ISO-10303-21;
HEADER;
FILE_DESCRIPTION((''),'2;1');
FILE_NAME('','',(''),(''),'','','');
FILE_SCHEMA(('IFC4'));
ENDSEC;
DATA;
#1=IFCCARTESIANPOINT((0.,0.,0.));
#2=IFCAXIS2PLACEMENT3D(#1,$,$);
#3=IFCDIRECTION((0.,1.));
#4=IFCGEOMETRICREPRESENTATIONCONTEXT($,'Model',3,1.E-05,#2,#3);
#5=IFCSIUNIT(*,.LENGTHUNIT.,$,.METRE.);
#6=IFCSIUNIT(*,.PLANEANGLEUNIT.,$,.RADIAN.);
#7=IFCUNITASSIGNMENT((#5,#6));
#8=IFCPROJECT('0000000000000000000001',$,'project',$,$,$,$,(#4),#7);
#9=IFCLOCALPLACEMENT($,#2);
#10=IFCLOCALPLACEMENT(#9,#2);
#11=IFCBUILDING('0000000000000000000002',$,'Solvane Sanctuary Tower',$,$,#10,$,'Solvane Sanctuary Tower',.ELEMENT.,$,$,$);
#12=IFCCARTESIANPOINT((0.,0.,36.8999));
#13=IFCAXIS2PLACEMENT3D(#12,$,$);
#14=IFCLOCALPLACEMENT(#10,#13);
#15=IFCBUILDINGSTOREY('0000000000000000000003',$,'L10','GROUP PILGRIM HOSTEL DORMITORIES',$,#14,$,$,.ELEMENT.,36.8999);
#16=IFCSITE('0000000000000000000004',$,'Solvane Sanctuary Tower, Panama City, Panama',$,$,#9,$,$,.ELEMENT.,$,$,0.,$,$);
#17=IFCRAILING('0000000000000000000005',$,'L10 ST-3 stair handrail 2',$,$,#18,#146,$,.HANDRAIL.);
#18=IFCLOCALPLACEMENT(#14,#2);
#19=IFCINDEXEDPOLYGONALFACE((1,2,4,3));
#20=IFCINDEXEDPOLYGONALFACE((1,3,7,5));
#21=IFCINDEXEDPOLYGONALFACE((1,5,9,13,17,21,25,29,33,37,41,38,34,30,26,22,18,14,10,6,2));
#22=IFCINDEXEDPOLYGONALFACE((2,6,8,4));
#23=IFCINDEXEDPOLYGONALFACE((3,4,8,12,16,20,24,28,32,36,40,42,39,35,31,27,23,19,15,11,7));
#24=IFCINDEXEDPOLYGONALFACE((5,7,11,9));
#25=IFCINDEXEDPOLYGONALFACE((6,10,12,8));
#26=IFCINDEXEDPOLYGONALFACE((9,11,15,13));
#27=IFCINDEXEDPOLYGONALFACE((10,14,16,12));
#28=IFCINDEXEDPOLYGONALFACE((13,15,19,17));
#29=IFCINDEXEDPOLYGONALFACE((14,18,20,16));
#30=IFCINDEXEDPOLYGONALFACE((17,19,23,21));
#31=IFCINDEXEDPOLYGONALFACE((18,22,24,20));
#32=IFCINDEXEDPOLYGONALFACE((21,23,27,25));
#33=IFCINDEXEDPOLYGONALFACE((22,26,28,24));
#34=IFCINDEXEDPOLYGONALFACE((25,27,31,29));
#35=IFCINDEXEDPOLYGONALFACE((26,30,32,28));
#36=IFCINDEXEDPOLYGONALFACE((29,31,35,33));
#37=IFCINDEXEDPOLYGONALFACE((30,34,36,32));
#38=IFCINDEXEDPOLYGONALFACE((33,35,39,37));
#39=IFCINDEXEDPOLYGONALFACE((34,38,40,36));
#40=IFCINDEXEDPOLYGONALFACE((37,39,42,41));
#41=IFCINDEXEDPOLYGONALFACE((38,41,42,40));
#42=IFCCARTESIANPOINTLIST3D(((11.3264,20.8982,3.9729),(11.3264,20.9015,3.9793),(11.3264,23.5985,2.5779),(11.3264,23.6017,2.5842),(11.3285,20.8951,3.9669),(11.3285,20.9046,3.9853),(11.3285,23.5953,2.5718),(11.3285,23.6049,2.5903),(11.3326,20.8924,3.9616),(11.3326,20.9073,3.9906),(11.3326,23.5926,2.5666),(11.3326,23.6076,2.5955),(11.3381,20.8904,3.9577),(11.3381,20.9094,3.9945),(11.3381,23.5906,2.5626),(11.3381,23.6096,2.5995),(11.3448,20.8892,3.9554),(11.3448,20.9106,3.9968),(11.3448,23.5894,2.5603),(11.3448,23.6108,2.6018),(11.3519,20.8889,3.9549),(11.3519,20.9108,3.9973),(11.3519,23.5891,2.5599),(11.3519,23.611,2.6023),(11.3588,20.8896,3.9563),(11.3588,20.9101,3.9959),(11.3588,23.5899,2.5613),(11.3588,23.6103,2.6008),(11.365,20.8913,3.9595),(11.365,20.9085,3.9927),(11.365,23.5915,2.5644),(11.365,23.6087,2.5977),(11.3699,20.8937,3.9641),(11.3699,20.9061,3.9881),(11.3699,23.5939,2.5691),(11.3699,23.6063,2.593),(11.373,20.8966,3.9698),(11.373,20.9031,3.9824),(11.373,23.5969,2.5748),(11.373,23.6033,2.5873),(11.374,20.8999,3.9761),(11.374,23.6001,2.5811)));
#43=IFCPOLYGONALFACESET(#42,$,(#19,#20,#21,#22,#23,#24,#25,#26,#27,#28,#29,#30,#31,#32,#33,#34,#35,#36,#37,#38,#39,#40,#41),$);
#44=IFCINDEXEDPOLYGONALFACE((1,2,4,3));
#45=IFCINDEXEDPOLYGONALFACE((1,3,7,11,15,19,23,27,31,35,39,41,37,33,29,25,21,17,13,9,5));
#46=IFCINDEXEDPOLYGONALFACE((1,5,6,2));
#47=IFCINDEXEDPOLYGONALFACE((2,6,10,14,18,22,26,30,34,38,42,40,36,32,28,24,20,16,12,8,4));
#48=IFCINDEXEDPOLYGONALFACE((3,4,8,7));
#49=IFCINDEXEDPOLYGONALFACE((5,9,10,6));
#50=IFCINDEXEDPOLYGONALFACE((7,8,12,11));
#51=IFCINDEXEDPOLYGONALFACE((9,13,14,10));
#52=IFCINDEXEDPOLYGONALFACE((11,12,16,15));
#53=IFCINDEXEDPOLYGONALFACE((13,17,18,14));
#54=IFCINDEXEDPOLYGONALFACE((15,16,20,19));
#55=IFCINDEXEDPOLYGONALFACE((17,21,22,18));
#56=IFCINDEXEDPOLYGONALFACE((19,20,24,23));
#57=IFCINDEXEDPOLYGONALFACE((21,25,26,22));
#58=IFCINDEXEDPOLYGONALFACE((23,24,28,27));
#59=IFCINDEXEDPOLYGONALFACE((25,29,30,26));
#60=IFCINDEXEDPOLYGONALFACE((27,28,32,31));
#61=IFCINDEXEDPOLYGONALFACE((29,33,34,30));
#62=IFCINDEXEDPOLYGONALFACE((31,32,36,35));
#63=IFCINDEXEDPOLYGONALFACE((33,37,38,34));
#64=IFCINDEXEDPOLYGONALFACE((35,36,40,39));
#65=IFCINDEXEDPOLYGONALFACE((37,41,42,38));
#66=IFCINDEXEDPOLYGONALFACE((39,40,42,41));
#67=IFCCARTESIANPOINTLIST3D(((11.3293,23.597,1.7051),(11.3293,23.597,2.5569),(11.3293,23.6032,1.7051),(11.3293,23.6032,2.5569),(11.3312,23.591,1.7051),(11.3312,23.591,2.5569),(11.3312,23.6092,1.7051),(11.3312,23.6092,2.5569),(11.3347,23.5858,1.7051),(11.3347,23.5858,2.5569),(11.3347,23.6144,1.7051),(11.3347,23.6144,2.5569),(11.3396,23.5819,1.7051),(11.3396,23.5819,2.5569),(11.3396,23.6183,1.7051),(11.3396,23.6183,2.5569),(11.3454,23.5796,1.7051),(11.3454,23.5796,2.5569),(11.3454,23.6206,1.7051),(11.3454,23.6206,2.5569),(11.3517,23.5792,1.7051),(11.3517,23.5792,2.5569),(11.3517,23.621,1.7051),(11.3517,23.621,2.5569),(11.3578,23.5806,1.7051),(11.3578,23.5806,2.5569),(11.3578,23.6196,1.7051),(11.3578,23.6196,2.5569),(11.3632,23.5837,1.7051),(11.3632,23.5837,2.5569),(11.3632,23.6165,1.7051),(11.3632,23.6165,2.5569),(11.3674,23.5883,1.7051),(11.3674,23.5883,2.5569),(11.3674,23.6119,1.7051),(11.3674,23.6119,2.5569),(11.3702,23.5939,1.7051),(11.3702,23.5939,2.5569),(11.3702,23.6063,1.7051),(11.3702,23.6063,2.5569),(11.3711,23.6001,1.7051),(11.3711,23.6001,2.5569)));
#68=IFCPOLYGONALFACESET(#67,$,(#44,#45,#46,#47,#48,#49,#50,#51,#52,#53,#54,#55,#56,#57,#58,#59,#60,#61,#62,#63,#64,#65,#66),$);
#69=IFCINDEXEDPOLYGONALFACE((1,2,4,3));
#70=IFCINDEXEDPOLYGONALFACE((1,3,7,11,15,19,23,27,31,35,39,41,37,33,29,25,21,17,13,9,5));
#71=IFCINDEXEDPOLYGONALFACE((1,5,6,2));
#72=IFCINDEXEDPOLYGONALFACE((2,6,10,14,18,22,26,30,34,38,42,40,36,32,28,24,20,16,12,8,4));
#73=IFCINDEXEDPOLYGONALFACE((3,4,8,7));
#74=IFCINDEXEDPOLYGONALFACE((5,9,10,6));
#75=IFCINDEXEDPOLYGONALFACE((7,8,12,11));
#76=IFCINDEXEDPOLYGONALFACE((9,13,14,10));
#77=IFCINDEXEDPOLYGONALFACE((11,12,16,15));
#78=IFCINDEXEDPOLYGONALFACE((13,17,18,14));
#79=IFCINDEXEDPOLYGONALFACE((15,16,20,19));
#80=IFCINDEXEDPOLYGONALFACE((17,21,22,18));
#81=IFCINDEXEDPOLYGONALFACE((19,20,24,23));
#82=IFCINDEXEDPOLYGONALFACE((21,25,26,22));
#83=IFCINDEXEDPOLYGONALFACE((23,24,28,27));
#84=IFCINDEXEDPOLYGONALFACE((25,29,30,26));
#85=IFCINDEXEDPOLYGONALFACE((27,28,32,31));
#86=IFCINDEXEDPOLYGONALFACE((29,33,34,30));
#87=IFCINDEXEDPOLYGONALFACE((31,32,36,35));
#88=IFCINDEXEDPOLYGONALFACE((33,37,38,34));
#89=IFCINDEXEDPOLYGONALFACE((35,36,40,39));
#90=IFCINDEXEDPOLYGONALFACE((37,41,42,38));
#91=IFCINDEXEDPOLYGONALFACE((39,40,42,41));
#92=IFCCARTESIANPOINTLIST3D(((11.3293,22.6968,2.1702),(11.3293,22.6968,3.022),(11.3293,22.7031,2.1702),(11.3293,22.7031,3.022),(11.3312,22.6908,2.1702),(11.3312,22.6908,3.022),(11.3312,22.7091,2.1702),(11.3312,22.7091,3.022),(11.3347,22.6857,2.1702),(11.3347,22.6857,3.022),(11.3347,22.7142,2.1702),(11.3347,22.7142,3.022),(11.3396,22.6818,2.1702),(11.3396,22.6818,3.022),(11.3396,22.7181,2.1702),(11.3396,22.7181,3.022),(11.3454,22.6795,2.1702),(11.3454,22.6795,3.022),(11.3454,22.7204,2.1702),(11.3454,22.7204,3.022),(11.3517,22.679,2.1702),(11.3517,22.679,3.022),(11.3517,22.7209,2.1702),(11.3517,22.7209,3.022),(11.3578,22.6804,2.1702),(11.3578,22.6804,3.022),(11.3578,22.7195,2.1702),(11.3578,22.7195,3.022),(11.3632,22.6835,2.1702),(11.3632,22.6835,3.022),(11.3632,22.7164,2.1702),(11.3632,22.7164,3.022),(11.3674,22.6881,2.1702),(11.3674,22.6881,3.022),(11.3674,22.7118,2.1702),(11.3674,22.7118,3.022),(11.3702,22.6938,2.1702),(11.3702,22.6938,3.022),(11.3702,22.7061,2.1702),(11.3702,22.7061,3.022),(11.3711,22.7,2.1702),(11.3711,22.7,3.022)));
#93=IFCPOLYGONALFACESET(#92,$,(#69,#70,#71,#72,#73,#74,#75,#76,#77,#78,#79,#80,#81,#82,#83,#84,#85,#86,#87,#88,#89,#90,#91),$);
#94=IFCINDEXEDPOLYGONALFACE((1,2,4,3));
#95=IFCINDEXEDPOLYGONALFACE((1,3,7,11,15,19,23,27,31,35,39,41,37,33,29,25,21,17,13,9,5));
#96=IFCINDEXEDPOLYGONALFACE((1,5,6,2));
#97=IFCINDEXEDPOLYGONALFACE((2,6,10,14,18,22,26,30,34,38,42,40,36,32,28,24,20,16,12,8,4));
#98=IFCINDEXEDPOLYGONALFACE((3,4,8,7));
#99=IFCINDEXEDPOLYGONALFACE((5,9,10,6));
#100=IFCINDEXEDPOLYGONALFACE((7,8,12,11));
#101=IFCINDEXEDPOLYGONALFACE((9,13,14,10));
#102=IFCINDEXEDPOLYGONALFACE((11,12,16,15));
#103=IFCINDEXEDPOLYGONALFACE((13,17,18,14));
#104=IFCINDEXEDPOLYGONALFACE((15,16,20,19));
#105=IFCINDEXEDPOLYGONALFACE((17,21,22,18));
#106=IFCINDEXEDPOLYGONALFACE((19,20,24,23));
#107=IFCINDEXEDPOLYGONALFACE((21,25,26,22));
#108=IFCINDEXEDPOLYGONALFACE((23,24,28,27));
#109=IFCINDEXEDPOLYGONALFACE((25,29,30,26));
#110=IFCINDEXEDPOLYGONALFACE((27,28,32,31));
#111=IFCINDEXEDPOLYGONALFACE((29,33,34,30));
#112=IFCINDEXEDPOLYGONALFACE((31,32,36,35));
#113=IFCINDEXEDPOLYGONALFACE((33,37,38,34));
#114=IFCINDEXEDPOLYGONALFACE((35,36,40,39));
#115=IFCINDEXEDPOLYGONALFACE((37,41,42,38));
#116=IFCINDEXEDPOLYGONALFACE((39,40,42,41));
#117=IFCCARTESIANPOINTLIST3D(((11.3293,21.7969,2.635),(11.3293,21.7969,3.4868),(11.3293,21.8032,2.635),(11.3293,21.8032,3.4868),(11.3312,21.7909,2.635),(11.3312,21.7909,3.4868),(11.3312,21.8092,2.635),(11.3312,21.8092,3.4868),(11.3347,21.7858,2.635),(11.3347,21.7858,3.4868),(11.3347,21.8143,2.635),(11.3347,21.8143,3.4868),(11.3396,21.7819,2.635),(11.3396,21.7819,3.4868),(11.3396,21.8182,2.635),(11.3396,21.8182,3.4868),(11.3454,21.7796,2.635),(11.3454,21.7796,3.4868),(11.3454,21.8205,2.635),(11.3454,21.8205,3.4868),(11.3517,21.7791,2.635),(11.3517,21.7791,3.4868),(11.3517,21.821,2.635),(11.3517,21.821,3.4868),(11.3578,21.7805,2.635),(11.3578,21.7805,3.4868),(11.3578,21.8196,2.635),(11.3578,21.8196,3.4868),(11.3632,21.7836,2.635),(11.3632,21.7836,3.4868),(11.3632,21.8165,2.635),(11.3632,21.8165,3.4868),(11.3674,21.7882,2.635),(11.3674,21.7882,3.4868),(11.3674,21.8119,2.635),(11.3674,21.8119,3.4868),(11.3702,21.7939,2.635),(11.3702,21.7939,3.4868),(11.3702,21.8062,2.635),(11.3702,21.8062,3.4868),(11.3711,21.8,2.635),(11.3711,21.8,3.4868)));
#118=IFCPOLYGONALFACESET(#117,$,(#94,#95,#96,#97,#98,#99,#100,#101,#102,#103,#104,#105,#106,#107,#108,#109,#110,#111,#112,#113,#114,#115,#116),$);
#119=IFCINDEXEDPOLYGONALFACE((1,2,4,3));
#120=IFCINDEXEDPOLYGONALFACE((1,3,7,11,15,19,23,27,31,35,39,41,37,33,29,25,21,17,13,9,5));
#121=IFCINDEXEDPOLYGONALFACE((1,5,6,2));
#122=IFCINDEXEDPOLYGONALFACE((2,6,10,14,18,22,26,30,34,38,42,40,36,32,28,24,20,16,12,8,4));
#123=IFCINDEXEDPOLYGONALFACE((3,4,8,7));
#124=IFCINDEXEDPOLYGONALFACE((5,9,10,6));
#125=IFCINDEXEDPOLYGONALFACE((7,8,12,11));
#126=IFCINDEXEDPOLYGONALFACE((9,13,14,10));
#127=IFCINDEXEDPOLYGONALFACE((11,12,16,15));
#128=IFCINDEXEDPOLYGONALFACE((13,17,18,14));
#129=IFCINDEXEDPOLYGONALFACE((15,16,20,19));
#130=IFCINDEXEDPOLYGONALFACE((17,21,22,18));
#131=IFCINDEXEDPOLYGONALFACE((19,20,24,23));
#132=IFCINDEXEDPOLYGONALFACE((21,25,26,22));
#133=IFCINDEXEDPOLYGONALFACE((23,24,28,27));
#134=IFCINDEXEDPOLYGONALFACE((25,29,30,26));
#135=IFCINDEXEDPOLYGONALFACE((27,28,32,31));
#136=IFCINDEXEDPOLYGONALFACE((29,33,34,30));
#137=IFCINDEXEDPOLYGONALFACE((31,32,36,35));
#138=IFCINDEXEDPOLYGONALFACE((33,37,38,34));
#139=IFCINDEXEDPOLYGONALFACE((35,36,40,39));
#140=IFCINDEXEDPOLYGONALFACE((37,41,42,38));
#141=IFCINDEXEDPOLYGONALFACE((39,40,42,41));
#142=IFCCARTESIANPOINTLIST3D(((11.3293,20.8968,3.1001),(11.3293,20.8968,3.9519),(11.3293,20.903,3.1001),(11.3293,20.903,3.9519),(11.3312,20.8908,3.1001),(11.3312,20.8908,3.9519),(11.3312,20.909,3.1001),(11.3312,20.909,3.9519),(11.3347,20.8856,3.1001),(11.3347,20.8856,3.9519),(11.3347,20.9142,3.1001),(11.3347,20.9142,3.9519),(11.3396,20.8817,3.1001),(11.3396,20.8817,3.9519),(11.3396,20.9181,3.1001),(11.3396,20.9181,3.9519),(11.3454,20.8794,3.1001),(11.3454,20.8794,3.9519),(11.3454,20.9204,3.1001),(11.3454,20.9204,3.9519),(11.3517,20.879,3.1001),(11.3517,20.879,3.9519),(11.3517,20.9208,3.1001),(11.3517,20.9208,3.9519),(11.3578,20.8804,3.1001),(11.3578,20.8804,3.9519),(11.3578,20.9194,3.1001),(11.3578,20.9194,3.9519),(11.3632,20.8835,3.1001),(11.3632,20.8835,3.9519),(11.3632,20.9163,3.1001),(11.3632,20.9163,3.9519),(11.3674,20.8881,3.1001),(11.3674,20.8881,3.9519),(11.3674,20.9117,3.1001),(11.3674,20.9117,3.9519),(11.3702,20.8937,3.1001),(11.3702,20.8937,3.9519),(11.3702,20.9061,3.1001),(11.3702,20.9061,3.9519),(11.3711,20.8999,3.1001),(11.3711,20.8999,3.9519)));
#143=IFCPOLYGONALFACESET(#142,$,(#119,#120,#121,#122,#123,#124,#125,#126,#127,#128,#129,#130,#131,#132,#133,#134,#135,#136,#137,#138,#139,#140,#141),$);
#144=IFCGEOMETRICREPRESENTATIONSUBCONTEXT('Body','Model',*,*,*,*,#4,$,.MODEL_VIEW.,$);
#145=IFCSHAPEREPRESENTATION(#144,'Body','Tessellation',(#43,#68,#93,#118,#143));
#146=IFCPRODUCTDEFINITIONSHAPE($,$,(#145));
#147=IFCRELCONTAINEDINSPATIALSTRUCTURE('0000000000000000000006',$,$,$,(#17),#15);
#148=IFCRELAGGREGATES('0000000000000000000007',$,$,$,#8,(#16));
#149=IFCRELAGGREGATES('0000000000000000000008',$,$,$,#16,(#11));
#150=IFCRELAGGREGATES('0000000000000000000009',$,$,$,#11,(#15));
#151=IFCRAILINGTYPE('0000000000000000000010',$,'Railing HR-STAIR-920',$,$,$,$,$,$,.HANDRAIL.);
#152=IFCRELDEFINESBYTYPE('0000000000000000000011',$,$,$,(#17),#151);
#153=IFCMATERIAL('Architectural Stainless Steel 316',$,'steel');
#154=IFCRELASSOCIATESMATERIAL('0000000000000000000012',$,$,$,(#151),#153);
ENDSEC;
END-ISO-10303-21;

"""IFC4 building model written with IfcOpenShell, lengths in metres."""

from ifc_helpers import new_model, si_unit, direction, frame, origin, origin_2d, place, context, subcontext, project, spatial, circle, extrude, material, type_object, element, save


model = new_model("IFC4")

# Units and contexts
model_context = context("Model", 3, precision=1e-05, world=origin(), true_north=direction((0.0, 1.0)))
body_context = subcontext(model_context, "Body", "Model", "MODEL_VIEW")
ifc_project = project(units=[si_unit("LENGTHUNIT", "METRE"), si_unit("PLANEANGLEUNIT", "RADIAN")], contexts=[model_context])

# Site, building, storey
site_placement = place(None, origin())
site = spatial("IfcSite", under=ifc_project, at=site_placement, Name="Solvane Sanctuary Tower, Panama City, Panama", CompositionType="ELEMENT", RefElevation=0.0)
building_placement = place(site_placement, origin())
building = spatial("IfcBuilding", under=site, at=building_placement, Name="Solvane Sanctuary Tower", LongName="Solvane Sanctuary Tower", CompositionType="ELEMENT")
storey_placement = place(building_placement, frame((0.0, 0.0, 36.8999)))
storey = spatial("IfcBuildingStorey", under=building, at=storey_placement, Name="L10", Description="GROUP PILGRIM HOSTEL DORMITORIES", CompositionType="ELEMENT", Elevation=36.8999)

# Railing
ifc_material_1 = material(Name="Architectural Stainless Steel 316", Category="steel")
railing_type_1 = type_object("IfcRailingType", Name="Railing HR-STAIR-920", PredefinedType="HANDRAIL", material=ifc_material_1)
railing_1_placement = place(storey_placement, frame((11.3501, 23.6001, 1.7051)))
element("IfcRailing", 1, at=railing_1_placement, inside=storey, type_object=railing_type_1, Name="L10 ST-3 stair handrail 2", PredefinedType="HANDRAIL", context=body_context, shape_type="SweptSolid", body=[
    extrude(circle(Radius=0.0239, at=origin_2d()), frame((0.0, 0.0, 0.876), z_axis=(0.0, -0.888437, 0.458999), x_axis=(1.0, 0.0, 0.0)), (0.0, 0.0, 1.0), 3.0393),
    extrude(circle(Radius=0.021, at=origin_2d()), origin(), (0.0, 0.0, 1.0), 0.8518),
    extrude(circle(Radius=0.021, at=origin_2d()), frame((0.0, -0.9001, 0.4651)), (0.0, 0.0, 1.0), 0.8518),
    extrude(circle(Radius=0.021, at=origin_2d()), frame((0.0, -1.8, 0.9299)), (0.0, 0.0, 1.0), 0.8518),
    extrude(circle(Radius=0.021, at=origin_2d()), frame((0.0, -2.7002, 1.395)), (0.0, 0.0, 1.0), 0.8518),
])

save(model, "model.ifc")
